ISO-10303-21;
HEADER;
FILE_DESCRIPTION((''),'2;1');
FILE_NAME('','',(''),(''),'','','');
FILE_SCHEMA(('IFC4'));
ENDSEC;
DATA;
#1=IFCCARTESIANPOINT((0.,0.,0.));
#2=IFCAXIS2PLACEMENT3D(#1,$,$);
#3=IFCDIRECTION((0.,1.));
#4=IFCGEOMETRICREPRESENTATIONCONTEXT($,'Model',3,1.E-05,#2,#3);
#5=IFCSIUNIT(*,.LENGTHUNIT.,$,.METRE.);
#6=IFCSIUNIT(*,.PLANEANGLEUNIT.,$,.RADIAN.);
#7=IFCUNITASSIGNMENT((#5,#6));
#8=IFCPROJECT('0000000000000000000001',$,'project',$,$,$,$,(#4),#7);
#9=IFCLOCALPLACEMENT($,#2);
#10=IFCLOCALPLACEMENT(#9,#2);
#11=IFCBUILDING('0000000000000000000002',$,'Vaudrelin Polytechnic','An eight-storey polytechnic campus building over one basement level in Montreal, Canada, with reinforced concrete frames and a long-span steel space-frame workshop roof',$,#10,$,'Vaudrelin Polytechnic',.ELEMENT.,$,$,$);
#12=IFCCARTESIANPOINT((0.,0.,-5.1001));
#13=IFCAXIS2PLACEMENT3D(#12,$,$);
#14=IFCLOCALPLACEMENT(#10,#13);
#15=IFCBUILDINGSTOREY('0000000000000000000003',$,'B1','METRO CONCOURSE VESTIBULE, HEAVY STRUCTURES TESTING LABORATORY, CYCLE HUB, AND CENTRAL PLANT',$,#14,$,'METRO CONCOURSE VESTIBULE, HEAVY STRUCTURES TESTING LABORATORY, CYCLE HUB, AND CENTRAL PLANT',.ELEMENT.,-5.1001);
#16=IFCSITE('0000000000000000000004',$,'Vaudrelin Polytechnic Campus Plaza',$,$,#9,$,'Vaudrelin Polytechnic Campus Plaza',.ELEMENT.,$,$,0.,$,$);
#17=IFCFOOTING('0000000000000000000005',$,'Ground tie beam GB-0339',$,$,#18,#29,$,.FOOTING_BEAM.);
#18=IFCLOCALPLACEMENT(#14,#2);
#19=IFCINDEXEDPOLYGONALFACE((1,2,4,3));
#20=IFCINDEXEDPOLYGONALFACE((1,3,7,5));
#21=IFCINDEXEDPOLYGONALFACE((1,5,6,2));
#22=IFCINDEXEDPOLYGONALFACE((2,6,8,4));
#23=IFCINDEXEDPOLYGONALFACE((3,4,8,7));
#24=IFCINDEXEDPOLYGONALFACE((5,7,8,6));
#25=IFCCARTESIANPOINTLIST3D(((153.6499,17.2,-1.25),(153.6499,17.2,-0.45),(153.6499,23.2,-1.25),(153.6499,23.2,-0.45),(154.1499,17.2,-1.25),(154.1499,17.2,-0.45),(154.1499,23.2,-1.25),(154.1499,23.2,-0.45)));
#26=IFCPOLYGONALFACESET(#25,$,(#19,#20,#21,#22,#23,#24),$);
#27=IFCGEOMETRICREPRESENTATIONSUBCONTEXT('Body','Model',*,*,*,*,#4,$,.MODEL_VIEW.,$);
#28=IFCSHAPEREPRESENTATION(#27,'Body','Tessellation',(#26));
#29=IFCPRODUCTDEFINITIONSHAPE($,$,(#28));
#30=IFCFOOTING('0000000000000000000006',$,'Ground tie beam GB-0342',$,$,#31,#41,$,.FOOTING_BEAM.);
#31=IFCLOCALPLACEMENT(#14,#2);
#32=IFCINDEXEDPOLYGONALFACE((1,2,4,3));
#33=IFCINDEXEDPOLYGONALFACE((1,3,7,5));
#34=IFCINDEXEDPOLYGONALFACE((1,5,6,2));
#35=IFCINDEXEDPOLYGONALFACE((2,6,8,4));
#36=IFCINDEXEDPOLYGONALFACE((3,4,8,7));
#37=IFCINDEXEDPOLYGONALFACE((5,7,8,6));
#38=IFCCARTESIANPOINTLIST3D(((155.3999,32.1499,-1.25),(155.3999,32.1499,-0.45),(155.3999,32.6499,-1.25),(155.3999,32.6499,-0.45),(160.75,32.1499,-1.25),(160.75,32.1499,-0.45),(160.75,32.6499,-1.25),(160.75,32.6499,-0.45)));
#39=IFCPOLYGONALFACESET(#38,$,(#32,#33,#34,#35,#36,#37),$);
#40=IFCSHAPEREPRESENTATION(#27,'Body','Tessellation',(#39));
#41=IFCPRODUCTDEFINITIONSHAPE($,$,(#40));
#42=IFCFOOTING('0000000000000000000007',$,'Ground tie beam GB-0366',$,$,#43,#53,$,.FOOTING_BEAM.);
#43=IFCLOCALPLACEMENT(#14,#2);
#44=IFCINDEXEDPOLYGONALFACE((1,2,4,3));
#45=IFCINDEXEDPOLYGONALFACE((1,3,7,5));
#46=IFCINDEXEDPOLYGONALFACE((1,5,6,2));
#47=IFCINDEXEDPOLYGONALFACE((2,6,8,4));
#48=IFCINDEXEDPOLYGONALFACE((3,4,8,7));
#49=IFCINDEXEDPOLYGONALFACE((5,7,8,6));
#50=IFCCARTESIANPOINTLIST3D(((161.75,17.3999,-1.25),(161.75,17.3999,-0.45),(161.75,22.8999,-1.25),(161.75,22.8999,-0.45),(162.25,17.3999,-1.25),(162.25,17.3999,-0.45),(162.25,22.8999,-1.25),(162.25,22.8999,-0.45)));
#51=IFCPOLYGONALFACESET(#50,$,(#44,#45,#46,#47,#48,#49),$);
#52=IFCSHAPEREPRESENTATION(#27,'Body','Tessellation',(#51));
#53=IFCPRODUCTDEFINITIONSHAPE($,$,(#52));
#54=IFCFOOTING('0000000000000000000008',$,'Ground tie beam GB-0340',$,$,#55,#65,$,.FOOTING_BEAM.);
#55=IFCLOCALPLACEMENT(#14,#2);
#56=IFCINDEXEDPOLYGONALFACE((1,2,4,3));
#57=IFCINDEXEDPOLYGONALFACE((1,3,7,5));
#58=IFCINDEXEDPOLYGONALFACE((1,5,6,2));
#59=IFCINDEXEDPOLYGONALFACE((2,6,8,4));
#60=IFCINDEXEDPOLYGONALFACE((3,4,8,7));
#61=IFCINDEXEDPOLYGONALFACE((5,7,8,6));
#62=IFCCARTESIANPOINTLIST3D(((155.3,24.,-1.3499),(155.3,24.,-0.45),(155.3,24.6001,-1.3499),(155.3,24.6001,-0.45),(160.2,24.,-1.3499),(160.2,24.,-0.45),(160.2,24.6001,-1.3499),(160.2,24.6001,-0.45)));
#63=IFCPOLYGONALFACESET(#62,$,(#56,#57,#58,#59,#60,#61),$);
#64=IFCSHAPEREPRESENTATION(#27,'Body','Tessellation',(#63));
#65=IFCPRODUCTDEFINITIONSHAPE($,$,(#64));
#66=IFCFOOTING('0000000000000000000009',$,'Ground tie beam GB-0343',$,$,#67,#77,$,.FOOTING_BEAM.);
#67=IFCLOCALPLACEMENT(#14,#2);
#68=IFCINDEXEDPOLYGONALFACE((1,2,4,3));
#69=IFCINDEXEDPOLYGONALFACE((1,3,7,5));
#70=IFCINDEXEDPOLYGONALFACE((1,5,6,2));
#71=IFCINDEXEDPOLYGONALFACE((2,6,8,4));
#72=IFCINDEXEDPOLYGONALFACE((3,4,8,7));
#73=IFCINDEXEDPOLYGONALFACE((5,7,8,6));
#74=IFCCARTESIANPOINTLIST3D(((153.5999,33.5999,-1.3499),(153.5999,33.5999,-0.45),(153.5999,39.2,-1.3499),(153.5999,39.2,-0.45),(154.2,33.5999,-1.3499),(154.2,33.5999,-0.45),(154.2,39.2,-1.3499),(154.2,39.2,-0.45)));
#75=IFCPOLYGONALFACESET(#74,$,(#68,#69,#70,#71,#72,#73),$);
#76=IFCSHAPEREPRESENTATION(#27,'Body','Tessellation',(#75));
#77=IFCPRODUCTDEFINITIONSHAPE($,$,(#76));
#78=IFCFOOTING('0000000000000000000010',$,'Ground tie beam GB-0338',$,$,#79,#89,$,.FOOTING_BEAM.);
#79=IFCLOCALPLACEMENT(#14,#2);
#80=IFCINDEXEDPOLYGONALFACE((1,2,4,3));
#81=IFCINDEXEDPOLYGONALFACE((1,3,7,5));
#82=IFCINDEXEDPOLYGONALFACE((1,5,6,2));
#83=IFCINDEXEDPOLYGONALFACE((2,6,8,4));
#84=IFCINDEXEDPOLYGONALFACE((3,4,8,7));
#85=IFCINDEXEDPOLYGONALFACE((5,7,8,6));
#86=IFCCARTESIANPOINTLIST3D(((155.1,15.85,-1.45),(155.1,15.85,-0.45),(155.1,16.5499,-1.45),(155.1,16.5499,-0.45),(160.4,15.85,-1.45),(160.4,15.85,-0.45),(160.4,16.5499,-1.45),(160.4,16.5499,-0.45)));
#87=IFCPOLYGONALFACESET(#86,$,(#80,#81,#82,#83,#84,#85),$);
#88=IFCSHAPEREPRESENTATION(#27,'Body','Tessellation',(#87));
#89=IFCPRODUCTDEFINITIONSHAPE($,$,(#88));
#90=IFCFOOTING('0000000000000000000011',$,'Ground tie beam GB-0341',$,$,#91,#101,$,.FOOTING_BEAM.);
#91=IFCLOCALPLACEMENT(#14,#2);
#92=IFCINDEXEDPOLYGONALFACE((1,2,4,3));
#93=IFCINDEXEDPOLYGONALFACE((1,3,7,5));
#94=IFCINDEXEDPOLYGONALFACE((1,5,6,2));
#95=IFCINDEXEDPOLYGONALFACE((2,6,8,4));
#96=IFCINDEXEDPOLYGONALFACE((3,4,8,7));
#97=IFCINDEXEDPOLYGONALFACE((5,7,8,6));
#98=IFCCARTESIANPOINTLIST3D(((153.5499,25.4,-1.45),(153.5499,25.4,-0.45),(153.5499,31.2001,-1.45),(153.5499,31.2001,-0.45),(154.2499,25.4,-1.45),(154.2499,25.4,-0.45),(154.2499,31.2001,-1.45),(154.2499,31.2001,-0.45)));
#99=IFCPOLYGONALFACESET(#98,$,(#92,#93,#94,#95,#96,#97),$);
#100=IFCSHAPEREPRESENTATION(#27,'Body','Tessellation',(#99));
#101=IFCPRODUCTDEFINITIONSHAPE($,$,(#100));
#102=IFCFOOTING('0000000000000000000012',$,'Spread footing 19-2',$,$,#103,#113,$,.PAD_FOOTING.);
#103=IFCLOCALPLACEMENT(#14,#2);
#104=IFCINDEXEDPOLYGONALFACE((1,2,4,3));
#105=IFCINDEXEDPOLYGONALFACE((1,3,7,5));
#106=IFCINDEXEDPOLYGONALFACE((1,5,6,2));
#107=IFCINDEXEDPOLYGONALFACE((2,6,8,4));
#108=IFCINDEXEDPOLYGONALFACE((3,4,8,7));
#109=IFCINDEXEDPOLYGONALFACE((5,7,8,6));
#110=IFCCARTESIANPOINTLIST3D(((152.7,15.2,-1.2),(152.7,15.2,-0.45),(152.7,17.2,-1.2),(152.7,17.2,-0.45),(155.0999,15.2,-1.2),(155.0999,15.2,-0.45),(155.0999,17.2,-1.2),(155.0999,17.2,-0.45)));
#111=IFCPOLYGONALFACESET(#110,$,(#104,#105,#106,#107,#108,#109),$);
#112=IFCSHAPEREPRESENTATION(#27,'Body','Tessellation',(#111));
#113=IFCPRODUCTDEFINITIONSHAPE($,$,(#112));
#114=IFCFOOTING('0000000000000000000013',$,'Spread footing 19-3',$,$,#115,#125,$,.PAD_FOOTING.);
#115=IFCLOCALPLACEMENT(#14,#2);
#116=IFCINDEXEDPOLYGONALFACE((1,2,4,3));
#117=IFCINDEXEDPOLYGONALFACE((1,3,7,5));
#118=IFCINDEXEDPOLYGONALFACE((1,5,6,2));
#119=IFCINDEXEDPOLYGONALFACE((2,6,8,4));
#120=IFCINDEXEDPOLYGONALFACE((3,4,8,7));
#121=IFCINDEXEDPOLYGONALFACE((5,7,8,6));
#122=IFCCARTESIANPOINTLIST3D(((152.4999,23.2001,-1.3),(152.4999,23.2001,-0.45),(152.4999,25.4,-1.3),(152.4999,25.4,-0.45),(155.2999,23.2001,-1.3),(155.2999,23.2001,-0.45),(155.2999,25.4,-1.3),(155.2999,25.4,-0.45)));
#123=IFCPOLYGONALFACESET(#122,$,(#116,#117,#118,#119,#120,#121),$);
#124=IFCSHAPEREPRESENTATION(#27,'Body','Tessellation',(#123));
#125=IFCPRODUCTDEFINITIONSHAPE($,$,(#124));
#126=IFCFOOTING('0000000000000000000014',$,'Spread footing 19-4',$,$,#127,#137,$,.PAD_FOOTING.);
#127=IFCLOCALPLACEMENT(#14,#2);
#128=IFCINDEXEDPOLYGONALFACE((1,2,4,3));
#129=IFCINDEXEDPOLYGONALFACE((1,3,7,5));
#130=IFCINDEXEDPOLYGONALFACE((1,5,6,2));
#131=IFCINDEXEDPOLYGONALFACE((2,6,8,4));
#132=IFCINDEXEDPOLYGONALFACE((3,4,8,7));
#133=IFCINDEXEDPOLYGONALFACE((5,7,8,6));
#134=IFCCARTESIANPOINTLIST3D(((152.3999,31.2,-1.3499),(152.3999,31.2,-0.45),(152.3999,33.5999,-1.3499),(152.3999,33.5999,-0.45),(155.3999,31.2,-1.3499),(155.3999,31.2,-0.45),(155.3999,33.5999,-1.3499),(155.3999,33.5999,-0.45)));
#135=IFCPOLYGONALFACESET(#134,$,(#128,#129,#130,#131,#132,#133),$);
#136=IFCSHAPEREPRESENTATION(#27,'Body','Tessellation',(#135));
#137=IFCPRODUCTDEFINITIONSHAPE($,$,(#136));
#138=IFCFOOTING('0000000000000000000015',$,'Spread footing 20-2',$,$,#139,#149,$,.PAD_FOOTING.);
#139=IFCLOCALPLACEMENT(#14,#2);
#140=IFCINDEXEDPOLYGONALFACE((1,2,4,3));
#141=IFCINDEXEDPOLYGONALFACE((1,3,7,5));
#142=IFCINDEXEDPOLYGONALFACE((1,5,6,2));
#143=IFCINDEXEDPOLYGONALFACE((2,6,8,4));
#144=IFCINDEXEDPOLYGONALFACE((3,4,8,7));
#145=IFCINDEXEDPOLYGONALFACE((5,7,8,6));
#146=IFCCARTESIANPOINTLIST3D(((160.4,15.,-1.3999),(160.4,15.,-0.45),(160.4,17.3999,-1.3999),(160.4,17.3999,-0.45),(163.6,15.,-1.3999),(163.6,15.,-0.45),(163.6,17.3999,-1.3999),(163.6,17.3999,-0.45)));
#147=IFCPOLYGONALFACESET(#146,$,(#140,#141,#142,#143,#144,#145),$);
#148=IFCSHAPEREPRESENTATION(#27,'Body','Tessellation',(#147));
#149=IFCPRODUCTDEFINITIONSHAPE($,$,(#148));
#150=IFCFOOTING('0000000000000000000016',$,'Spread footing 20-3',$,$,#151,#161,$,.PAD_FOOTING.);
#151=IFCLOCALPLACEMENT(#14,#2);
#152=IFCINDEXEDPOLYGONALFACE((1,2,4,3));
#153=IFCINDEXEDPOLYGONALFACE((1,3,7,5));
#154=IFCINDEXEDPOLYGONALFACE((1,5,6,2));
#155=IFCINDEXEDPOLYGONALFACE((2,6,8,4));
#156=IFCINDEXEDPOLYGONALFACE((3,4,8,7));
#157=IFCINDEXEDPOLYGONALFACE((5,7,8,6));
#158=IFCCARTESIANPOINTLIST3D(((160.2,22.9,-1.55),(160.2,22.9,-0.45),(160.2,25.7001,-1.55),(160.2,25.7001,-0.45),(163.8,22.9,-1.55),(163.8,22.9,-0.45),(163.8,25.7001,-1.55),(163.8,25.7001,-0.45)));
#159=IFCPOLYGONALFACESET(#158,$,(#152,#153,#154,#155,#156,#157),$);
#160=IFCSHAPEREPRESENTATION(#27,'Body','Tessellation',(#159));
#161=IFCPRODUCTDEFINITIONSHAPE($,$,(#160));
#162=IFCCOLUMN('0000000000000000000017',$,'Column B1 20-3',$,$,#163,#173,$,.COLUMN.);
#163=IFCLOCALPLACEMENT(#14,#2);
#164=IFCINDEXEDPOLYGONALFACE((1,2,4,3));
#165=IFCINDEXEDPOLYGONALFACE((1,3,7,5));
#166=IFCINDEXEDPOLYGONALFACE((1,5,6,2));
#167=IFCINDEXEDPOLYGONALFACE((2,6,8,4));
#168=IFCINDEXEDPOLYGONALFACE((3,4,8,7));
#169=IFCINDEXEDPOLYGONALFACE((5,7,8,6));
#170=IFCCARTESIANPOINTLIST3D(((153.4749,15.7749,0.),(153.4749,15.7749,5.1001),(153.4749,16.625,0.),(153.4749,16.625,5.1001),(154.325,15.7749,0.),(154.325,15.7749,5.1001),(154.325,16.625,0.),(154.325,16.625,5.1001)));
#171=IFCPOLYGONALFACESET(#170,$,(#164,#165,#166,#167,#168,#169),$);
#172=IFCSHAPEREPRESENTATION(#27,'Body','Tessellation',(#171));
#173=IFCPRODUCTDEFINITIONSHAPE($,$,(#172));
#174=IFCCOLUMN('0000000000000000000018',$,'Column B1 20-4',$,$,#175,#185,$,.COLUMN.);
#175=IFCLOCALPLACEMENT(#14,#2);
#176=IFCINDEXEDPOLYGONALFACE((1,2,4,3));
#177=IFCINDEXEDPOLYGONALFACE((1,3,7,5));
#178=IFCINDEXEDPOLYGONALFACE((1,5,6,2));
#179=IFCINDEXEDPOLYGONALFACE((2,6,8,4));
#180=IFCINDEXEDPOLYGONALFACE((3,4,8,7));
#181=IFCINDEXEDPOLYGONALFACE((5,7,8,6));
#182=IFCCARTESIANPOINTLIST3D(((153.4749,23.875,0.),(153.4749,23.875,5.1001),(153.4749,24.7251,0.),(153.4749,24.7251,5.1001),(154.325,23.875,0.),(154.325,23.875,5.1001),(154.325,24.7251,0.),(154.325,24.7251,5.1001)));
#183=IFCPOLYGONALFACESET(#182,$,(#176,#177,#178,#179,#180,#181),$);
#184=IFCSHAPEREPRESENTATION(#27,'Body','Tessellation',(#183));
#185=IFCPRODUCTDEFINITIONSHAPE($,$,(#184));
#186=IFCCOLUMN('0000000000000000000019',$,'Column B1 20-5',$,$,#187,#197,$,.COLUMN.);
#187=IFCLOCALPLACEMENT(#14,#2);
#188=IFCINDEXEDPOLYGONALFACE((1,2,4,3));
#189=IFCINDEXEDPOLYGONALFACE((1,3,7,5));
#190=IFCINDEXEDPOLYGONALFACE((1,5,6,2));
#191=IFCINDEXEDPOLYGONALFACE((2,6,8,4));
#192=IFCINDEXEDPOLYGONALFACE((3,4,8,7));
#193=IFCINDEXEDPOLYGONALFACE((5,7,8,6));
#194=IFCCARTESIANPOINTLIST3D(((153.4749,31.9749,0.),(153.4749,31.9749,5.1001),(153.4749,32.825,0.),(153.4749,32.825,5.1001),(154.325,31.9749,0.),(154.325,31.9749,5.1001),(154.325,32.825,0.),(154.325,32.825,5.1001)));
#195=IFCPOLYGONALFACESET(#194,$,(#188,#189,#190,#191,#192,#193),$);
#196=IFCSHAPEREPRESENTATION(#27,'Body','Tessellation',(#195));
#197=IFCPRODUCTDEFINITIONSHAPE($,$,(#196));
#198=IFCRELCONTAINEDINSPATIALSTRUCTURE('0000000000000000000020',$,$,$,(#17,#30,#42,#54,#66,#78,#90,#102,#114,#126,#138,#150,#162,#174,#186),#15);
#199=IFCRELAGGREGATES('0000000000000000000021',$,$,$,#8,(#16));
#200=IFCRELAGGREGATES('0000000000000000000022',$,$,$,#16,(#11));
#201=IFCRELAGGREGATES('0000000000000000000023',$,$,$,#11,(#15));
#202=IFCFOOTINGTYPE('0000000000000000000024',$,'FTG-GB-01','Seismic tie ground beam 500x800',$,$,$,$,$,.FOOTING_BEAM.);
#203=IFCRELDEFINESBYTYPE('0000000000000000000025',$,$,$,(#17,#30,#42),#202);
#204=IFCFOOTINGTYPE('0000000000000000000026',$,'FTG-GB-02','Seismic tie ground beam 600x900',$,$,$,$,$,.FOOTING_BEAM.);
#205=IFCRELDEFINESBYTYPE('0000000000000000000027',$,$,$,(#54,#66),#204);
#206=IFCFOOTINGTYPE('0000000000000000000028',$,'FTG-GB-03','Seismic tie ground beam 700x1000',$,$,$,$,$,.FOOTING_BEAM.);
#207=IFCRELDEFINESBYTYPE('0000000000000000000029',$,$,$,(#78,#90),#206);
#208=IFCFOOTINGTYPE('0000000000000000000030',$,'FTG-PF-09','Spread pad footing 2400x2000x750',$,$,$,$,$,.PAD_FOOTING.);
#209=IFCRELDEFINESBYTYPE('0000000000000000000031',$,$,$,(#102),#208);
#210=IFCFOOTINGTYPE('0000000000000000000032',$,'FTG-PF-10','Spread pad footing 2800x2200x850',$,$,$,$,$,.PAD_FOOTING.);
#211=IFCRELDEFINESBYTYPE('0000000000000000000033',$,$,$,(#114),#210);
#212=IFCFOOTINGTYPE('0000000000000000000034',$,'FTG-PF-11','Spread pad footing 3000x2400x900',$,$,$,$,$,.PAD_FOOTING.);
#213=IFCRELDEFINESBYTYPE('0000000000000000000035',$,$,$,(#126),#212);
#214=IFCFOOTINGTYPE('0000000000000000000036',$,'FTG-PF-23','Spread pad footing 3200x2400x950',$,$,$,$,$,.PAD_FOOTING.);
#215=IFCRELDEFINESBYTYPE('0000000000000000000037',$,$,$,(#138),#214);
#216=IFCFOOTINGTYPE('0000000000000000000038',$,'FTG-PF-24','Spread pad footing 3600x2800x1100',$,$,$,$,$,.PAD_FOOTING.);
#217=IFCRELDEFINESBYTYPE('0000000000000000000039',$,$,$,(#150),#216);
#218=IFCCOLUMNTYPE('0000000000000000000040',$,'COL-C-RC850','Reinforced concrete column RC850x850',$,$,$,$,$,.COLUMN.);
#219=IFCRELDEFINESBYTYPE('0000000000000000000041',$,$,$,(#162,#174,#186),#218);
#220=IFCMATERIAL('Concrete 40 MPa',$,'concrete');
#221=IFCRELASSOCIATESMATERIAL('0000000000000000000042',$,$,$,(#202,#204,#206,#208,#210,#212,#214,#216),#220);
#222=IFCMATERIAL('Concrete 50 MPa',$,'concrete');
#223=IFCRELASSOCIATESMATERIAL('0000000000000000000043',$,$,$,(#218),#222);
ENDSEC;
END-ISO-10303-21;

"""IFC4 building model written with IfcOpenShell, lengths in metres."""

from ifc_helpers import new_model, si_unit, direction, frame, origin, origin_2d, place, context, subcontext, project, spatial, rectangle, extrude, material, material_profile, profile_set, type_object, element, save


model = new_model("IFC4")

# Units and contexts
model_context = context("Model", 3, precision=1e-05, world=origin(), true_north=direction((0.0, 1.0)))
body_context = subcontext(model_context, "Body", "Model", "MODEL_VIEW")
ifc_project = project(units=[si_unit("LENGTHUNIT", "METRE"), si_unit("PLANEANGLEUNIT", "RADIAN")], contexts=[model_context])

# Site, building, storey
site_placement = place(None, origin())
site = spatial("IfcSite", under=ifc_project, at=site_placement, Name="Vaudrelin Polytechnic Campus Plaza", LongName="Vaudrelin Polytechnic Campus Plaza", CompositionType="ELEMENT", RefElevation=0.0)
building_placement = place(site_placement, origin())
building = spatial("IfcBuilding", under=site, at=building_placement, Name="Vaudrelin Polytechnic", Description="An eight-storey polytechnic campus building over one basement level in Montreal, Canada, with reinforced concrete frames and a long-span steel space-frame workshop roof", LongName="Vaudrelin Polytechnic", CompositionType="ELEMENT")
storey_placement = place(building_placement, frame((0.0, 0.0, -5.1001)))
storey = spatial("IfcBuildingStorey", under=building, at=storey_placement, Name="B1", Description="METRO CONCOURSE VESTIBULE, HEAVY STRUCTURES TESTING LABORATORY, CYCLE HUB, AND CENTRAL PLANT", LongName="METRO CONCOURSE VESTIBULE, HEAVY STRUCTURES TESTING LABORATORY, CYCLE HUB, AND CENTRAL PLANT", CompositionType="ELEMENT", Elevation=-5.1001)

# Footings
ifc_material_1 = material(Name="Concrete 40 MPa", Category="concrete")
footing_type_1 = type_object("IfcFootingType", Name="FTG-GB-01", Description="Seismic tie ground beam 500x800", PredefinedType="FOOTING_BEAM", material=ifc_material_1)
footing_1_placement = place(storey_placement, frame((153.8999, 20.2, -1.25), z_axis=(0.0, 0.0, 1.0), x_axis=(1.0, 0.0, 0.0)))
element("IfcFooting", 1, at=footing_1_placement, inside=storey, type_object=footing_type_1, Name="Ground tie beam GB-0339", PredefinedType="FOOTING_BEAM", context=body_context, shape_type="SweptSolid", body=[
    extrude(rectangle(XDim=0.5, YDim=6.0, at=origin_2d()), origin(), (0.0, 0.0, 1.0), 0.8),
])
footing_2_placement = place(storey_placement, frame((158.075, 32.3999, -1.25), z_axis=(0.0, 0.0, 1.0), x_axis=(1.0, 0.0, 0.0)))
element("IfcFooting", 2, at=footing_2_placement, inside=storey, type_object=footing_type_1, Name="Ground tie beam GB-0342", PredefinedType="FOOTING_BEAM", context=body_context, shape_type="SweptSolid", body=[
    extrude(rectangle(XDim=5.3501, YDim=0.5, at=origin_2d()), origin(), (0.0, 0.0, 1.0), 0.8),
])
footing_3_placement = place(storey_placement, frame((162.0, 20.1499, -1.25), z_axis=(0.0, 0.0, 1.0), x_axis=(1.0, 0.0, 0.0)))
element("IfcFooting", 3, at=footing_3_placement, inside=storey, type_object=footing_type_1, Name="Ground tie beam GB-0366", PredefinedType="FOOTING_BEAM", context=body_context, shape_type="SweptSolid", body=[
    extrude(rectangle(XDim=0.5, YDim=5.5, at=origin_2d()), origin(), (0.0, 0.0, 1.0), 0.8),
])
footing_type_2 = type_object("IfcFootingType", Name="FTG-GB-02", Description="Seismic tie ground beam 600x900", PredefinedType="FOOTING_BEAM", material=ifc_material_1)
footing_4_placement = place(storey_placement, frame((157.75, 24.3, -1.3499), z_axis=(0.0, 0.0, 1.0), x_axis=(1.0, 0.0, 0.0)))
element("IfcFooting", 4, at=footing_4_placement, inside=storey, type_object=footing_type_2, Name="Ground tie beam GB-0340", PredefinedType="FOOTING_BEAM", context=body_context, shape_type="SweptSolid", body=[
    extrude(rectangle(XDim=4.8999, YDim=0.6001, at=origin_2d()), origin(), (0.0, 0.0, 1.0), 0.8999),
])
footing_5_placement = place(storey_placement, frame((153.8999, 36.3999, -1.3499), z_axis=(0.0, 0.0, 1.0), x_axis=(1.0, 0.0, 0.0)))
element("IfcFooting", 5, at=footing_5_placement, inside=storey, type_object=footing_type_2, Name="Ground tie beam GB-0343", PredefinedType="FOOTING_BEAM", context=body_context, shape_type="SweptSolid", body=[
    extrude(rectangle(XDim=0.6001, YDim=5.6001, at=origin_2d()), origin(), (0.0, 0.0, 1.0), 0.8999),
])
footing_type_3 = type_object("IfcFootingType", Name="FTG-GB-03", Description="Seismic tie ground beam 700x1000", PredefinedType="FOOTING_BEAM", material=ifc_material_1)
footing_6_placement = place(storey_placement, frame((157.75, 16.2, -1.45), z_axis=(0.0, 0.0, 1.0), x_axis=(1.0, 0.0, 0.0)))
element("IfcFooting", 6, at=footing_6_placement, inside=storey, type_object=footing_type_3, Name="Ground tie beam GB-0338", PredefinedType="FOOTING_BEAM", context=body_context, shape_type="SweptSolid", body=[
    extrude(rectangle(XDim=5.3, YDim=0.7, at=origin_2d()), origin(), (0.0, 0.0, 1.0), 1.0),
])
footing_7_placement = place(storey_placement, frame((153.8999, 28.3, -1.45), z_axis=(0.0, 0.0, 1.0), x_axis=(1.0, 0.0, 0.0)))
element("IfcFooting", 7, at=footing_7_placement, inside=storey, type_object=footing_type_3, Name="Ground tie beam GB-0341", PredefinedType="FOOTING_BEAM", context=body_context, shape_type="SweptSolid", body=[
    extrude(rectangle(XDim=0.7, YDim=5.8, at=origin_2d()), origin(), (0.0, 0.0, 1.0), 1.0),
])
footing_type_4 = type_object("IfcFootingType", Name="FTG-PF-09", Description="Spread pad footing 2400x2000x750", PredefinedType="PAD_FOOTING", material=ifc_material_1)
footing_8_placement = place(storey_placement, frame((153.8999, 16.2, -1.2), z_axis=(0.0, 0.0, 1.0), x_axis=(1.0, 0.0, 0.0)))
element("IfcFooting", 8, at=footing_8_placement, inside=storey, type_object=footing_type_4, Name="Spread footing 19-2", PredefinedType="PAD_FOOTING", context=body_context, shape_type="SweptSolid", body=[
    extrude(rectangle(XDim=2.3999, YDim=2.0, at=origin_2d()), origin(), (0.0, 0.0, 1.0), 0.75),
])
footing_type_5 = type_object("IfcFootingType", Name="FTG-PF-10", Description="Spread pad footing 2800x2200x850", PredefinedType="PAD_FOOTING", material=ifc_material_1)
footing_9_placement = place(storey_placement, frame((153.8999, 24.3, -1.3), z_axis=(0.0, 0.0, 1.0), x_axis=(1.0, 0.0, 0.0)))
element("IfcFooting", 9, at=footing_9_placement, inside=storey, type_object=footing_type_5, Name="Spread footing 19-3", PredefinedType="PAD_FOOTING", context=body_context, shape_type="SweptSolid", body=[
    extrude(rectangle(XDim=2.8, YDim=2.2, at=origin_2d()), origin(), (0.0, 0.0, 1.0), 0.8501),
])
footing_type_6 = type_object("IfcFootingType", Name="FTG-PF-11", Description="Spread pad footing 3000x2400x900", PredefinedType="PAD_FOOTING", material=ifc_material_1)
footing_10_placement = place(storey_placement, frame((153.8999, 32.3999, -1.3499), z_axis=(0.0, 0.0, 1.0), x_axis=(1.0, 0.0, 0.0)))
element("IfcFooting", 10, at=footing_10_placement, inside=storey, type_object=footing_type_6, Name="Spread footing 19-4", PredefinedType="PAD_FOOTING", context=body_context, shape_type="SweptSolid", body=[
    extrude(rectangle(XDim=3.0, YDim=2.3999, at=origin_2d()), origin(), (0.0, 0.0, 1.0), 0.8999),
])
footing_type_7 = type_object("IfcFootingType", Name="FTG-PF-23", Description="Spread pad footing 3200x2400x950", PredefinedType="PAD_FOOTING", material=ifc_material_1)
footing_11_placement = place(storey_placement, frame((162.0, 16.2, -1.3999), z_axis=(0.0, 0.0, 1.0), x_axis=(1.0, 0.0, 0.0)))
element("IfcFooting", 11, at=footing_11_placement, inside=storey, type_object=footing_type_7, Name="Spread footing 20-2", PredefinedType="PAD_FOOTING", context=body_context, shape_type="SweptSolid", body=[
    extrude(rectangle(XDim=3.2, YDim=2.3999, at=origin_2d()), origin(), (0.0, 0.0, 1.0), 0.95),
])
footing_type_8 = type_object("IfcFootingType", Name="FTG-PF-24", Description="Spread pad footing 3600x2800x1100", PredefinedType="PAD_FOOTING", material=ifc_material_1)
footing_12_placement = place(storey_placement, frame((162.0, 24.3, -1.55), z_axis=(0.0, 0.0, 1.0), x_axis=(1.0, 0.0, 0.0)))
element("IfcFooting", 12, at=footing_12_placement, inside=storey, type_object=footing_type_8, Name="Spread footing 20-3", PredefinedType="PAD_FOOTING", context=body_context, shape_type="SweptSolid", body=[
    extrude(rectangle(XDim=3.6001, YDim=2.8, at=origin_2d()), origin(), (0.0, 0.0, 1.0), 1.1001),
])

# Columns
ifc_material_2 = material(Name="Concrete 50 MPa", Category="concrete")
ifc_material_profile_1 = material_profile(ifc_material_2, rectangle(XDim=0.8501, YDim=0.8501, at=origin_2d()), Name="RC850x850")
ifc_profile_set_1 = profile_set([ifc_material_profile_1], Name="Concrete 50 MPa")
column_type = type_object("IfcColumnType", Name="COL-C-RC850", Description="Reinforced concrete column RC850x850", PredefinedType="COLUMN", material=ifc_profile_set_1)
for number, where, z_axis, x_axis, name in (
    (13, (153.8999, 16.2, 0.0), (0.0, 0.0, 1.0), (1.0, 0.0, 0.0), "Column B1 20-3"),
    (14, (153.8999, 24.3, 0.0), (0.0, 0.0, 1.0), (1.0, 0.0, 0.0), "Column B1 20-4"),
    (15, (153.8999, 32.3999, 0.0), (0.0, 0.0, 1.0), (1.0, 0.0, 0.0), "Column B1 20-5"),
):
    element("IfcColumn", number, at=place(storey_placement, frame(where, z_axis=z_axis, x_axis=x_axis)), inside=storey, type_object=column_type, Name=name, PredefinedType="COLUMN", context=body_context, shape_type="SweptSolid", body=[
        extrude(rectangle(XDim=0.8501, YDim=0.8501, at=origin_2d()), origin(), (0.0, 0.0, 1.0), 5.1001),
    ])

save(model, "model.ifc")
